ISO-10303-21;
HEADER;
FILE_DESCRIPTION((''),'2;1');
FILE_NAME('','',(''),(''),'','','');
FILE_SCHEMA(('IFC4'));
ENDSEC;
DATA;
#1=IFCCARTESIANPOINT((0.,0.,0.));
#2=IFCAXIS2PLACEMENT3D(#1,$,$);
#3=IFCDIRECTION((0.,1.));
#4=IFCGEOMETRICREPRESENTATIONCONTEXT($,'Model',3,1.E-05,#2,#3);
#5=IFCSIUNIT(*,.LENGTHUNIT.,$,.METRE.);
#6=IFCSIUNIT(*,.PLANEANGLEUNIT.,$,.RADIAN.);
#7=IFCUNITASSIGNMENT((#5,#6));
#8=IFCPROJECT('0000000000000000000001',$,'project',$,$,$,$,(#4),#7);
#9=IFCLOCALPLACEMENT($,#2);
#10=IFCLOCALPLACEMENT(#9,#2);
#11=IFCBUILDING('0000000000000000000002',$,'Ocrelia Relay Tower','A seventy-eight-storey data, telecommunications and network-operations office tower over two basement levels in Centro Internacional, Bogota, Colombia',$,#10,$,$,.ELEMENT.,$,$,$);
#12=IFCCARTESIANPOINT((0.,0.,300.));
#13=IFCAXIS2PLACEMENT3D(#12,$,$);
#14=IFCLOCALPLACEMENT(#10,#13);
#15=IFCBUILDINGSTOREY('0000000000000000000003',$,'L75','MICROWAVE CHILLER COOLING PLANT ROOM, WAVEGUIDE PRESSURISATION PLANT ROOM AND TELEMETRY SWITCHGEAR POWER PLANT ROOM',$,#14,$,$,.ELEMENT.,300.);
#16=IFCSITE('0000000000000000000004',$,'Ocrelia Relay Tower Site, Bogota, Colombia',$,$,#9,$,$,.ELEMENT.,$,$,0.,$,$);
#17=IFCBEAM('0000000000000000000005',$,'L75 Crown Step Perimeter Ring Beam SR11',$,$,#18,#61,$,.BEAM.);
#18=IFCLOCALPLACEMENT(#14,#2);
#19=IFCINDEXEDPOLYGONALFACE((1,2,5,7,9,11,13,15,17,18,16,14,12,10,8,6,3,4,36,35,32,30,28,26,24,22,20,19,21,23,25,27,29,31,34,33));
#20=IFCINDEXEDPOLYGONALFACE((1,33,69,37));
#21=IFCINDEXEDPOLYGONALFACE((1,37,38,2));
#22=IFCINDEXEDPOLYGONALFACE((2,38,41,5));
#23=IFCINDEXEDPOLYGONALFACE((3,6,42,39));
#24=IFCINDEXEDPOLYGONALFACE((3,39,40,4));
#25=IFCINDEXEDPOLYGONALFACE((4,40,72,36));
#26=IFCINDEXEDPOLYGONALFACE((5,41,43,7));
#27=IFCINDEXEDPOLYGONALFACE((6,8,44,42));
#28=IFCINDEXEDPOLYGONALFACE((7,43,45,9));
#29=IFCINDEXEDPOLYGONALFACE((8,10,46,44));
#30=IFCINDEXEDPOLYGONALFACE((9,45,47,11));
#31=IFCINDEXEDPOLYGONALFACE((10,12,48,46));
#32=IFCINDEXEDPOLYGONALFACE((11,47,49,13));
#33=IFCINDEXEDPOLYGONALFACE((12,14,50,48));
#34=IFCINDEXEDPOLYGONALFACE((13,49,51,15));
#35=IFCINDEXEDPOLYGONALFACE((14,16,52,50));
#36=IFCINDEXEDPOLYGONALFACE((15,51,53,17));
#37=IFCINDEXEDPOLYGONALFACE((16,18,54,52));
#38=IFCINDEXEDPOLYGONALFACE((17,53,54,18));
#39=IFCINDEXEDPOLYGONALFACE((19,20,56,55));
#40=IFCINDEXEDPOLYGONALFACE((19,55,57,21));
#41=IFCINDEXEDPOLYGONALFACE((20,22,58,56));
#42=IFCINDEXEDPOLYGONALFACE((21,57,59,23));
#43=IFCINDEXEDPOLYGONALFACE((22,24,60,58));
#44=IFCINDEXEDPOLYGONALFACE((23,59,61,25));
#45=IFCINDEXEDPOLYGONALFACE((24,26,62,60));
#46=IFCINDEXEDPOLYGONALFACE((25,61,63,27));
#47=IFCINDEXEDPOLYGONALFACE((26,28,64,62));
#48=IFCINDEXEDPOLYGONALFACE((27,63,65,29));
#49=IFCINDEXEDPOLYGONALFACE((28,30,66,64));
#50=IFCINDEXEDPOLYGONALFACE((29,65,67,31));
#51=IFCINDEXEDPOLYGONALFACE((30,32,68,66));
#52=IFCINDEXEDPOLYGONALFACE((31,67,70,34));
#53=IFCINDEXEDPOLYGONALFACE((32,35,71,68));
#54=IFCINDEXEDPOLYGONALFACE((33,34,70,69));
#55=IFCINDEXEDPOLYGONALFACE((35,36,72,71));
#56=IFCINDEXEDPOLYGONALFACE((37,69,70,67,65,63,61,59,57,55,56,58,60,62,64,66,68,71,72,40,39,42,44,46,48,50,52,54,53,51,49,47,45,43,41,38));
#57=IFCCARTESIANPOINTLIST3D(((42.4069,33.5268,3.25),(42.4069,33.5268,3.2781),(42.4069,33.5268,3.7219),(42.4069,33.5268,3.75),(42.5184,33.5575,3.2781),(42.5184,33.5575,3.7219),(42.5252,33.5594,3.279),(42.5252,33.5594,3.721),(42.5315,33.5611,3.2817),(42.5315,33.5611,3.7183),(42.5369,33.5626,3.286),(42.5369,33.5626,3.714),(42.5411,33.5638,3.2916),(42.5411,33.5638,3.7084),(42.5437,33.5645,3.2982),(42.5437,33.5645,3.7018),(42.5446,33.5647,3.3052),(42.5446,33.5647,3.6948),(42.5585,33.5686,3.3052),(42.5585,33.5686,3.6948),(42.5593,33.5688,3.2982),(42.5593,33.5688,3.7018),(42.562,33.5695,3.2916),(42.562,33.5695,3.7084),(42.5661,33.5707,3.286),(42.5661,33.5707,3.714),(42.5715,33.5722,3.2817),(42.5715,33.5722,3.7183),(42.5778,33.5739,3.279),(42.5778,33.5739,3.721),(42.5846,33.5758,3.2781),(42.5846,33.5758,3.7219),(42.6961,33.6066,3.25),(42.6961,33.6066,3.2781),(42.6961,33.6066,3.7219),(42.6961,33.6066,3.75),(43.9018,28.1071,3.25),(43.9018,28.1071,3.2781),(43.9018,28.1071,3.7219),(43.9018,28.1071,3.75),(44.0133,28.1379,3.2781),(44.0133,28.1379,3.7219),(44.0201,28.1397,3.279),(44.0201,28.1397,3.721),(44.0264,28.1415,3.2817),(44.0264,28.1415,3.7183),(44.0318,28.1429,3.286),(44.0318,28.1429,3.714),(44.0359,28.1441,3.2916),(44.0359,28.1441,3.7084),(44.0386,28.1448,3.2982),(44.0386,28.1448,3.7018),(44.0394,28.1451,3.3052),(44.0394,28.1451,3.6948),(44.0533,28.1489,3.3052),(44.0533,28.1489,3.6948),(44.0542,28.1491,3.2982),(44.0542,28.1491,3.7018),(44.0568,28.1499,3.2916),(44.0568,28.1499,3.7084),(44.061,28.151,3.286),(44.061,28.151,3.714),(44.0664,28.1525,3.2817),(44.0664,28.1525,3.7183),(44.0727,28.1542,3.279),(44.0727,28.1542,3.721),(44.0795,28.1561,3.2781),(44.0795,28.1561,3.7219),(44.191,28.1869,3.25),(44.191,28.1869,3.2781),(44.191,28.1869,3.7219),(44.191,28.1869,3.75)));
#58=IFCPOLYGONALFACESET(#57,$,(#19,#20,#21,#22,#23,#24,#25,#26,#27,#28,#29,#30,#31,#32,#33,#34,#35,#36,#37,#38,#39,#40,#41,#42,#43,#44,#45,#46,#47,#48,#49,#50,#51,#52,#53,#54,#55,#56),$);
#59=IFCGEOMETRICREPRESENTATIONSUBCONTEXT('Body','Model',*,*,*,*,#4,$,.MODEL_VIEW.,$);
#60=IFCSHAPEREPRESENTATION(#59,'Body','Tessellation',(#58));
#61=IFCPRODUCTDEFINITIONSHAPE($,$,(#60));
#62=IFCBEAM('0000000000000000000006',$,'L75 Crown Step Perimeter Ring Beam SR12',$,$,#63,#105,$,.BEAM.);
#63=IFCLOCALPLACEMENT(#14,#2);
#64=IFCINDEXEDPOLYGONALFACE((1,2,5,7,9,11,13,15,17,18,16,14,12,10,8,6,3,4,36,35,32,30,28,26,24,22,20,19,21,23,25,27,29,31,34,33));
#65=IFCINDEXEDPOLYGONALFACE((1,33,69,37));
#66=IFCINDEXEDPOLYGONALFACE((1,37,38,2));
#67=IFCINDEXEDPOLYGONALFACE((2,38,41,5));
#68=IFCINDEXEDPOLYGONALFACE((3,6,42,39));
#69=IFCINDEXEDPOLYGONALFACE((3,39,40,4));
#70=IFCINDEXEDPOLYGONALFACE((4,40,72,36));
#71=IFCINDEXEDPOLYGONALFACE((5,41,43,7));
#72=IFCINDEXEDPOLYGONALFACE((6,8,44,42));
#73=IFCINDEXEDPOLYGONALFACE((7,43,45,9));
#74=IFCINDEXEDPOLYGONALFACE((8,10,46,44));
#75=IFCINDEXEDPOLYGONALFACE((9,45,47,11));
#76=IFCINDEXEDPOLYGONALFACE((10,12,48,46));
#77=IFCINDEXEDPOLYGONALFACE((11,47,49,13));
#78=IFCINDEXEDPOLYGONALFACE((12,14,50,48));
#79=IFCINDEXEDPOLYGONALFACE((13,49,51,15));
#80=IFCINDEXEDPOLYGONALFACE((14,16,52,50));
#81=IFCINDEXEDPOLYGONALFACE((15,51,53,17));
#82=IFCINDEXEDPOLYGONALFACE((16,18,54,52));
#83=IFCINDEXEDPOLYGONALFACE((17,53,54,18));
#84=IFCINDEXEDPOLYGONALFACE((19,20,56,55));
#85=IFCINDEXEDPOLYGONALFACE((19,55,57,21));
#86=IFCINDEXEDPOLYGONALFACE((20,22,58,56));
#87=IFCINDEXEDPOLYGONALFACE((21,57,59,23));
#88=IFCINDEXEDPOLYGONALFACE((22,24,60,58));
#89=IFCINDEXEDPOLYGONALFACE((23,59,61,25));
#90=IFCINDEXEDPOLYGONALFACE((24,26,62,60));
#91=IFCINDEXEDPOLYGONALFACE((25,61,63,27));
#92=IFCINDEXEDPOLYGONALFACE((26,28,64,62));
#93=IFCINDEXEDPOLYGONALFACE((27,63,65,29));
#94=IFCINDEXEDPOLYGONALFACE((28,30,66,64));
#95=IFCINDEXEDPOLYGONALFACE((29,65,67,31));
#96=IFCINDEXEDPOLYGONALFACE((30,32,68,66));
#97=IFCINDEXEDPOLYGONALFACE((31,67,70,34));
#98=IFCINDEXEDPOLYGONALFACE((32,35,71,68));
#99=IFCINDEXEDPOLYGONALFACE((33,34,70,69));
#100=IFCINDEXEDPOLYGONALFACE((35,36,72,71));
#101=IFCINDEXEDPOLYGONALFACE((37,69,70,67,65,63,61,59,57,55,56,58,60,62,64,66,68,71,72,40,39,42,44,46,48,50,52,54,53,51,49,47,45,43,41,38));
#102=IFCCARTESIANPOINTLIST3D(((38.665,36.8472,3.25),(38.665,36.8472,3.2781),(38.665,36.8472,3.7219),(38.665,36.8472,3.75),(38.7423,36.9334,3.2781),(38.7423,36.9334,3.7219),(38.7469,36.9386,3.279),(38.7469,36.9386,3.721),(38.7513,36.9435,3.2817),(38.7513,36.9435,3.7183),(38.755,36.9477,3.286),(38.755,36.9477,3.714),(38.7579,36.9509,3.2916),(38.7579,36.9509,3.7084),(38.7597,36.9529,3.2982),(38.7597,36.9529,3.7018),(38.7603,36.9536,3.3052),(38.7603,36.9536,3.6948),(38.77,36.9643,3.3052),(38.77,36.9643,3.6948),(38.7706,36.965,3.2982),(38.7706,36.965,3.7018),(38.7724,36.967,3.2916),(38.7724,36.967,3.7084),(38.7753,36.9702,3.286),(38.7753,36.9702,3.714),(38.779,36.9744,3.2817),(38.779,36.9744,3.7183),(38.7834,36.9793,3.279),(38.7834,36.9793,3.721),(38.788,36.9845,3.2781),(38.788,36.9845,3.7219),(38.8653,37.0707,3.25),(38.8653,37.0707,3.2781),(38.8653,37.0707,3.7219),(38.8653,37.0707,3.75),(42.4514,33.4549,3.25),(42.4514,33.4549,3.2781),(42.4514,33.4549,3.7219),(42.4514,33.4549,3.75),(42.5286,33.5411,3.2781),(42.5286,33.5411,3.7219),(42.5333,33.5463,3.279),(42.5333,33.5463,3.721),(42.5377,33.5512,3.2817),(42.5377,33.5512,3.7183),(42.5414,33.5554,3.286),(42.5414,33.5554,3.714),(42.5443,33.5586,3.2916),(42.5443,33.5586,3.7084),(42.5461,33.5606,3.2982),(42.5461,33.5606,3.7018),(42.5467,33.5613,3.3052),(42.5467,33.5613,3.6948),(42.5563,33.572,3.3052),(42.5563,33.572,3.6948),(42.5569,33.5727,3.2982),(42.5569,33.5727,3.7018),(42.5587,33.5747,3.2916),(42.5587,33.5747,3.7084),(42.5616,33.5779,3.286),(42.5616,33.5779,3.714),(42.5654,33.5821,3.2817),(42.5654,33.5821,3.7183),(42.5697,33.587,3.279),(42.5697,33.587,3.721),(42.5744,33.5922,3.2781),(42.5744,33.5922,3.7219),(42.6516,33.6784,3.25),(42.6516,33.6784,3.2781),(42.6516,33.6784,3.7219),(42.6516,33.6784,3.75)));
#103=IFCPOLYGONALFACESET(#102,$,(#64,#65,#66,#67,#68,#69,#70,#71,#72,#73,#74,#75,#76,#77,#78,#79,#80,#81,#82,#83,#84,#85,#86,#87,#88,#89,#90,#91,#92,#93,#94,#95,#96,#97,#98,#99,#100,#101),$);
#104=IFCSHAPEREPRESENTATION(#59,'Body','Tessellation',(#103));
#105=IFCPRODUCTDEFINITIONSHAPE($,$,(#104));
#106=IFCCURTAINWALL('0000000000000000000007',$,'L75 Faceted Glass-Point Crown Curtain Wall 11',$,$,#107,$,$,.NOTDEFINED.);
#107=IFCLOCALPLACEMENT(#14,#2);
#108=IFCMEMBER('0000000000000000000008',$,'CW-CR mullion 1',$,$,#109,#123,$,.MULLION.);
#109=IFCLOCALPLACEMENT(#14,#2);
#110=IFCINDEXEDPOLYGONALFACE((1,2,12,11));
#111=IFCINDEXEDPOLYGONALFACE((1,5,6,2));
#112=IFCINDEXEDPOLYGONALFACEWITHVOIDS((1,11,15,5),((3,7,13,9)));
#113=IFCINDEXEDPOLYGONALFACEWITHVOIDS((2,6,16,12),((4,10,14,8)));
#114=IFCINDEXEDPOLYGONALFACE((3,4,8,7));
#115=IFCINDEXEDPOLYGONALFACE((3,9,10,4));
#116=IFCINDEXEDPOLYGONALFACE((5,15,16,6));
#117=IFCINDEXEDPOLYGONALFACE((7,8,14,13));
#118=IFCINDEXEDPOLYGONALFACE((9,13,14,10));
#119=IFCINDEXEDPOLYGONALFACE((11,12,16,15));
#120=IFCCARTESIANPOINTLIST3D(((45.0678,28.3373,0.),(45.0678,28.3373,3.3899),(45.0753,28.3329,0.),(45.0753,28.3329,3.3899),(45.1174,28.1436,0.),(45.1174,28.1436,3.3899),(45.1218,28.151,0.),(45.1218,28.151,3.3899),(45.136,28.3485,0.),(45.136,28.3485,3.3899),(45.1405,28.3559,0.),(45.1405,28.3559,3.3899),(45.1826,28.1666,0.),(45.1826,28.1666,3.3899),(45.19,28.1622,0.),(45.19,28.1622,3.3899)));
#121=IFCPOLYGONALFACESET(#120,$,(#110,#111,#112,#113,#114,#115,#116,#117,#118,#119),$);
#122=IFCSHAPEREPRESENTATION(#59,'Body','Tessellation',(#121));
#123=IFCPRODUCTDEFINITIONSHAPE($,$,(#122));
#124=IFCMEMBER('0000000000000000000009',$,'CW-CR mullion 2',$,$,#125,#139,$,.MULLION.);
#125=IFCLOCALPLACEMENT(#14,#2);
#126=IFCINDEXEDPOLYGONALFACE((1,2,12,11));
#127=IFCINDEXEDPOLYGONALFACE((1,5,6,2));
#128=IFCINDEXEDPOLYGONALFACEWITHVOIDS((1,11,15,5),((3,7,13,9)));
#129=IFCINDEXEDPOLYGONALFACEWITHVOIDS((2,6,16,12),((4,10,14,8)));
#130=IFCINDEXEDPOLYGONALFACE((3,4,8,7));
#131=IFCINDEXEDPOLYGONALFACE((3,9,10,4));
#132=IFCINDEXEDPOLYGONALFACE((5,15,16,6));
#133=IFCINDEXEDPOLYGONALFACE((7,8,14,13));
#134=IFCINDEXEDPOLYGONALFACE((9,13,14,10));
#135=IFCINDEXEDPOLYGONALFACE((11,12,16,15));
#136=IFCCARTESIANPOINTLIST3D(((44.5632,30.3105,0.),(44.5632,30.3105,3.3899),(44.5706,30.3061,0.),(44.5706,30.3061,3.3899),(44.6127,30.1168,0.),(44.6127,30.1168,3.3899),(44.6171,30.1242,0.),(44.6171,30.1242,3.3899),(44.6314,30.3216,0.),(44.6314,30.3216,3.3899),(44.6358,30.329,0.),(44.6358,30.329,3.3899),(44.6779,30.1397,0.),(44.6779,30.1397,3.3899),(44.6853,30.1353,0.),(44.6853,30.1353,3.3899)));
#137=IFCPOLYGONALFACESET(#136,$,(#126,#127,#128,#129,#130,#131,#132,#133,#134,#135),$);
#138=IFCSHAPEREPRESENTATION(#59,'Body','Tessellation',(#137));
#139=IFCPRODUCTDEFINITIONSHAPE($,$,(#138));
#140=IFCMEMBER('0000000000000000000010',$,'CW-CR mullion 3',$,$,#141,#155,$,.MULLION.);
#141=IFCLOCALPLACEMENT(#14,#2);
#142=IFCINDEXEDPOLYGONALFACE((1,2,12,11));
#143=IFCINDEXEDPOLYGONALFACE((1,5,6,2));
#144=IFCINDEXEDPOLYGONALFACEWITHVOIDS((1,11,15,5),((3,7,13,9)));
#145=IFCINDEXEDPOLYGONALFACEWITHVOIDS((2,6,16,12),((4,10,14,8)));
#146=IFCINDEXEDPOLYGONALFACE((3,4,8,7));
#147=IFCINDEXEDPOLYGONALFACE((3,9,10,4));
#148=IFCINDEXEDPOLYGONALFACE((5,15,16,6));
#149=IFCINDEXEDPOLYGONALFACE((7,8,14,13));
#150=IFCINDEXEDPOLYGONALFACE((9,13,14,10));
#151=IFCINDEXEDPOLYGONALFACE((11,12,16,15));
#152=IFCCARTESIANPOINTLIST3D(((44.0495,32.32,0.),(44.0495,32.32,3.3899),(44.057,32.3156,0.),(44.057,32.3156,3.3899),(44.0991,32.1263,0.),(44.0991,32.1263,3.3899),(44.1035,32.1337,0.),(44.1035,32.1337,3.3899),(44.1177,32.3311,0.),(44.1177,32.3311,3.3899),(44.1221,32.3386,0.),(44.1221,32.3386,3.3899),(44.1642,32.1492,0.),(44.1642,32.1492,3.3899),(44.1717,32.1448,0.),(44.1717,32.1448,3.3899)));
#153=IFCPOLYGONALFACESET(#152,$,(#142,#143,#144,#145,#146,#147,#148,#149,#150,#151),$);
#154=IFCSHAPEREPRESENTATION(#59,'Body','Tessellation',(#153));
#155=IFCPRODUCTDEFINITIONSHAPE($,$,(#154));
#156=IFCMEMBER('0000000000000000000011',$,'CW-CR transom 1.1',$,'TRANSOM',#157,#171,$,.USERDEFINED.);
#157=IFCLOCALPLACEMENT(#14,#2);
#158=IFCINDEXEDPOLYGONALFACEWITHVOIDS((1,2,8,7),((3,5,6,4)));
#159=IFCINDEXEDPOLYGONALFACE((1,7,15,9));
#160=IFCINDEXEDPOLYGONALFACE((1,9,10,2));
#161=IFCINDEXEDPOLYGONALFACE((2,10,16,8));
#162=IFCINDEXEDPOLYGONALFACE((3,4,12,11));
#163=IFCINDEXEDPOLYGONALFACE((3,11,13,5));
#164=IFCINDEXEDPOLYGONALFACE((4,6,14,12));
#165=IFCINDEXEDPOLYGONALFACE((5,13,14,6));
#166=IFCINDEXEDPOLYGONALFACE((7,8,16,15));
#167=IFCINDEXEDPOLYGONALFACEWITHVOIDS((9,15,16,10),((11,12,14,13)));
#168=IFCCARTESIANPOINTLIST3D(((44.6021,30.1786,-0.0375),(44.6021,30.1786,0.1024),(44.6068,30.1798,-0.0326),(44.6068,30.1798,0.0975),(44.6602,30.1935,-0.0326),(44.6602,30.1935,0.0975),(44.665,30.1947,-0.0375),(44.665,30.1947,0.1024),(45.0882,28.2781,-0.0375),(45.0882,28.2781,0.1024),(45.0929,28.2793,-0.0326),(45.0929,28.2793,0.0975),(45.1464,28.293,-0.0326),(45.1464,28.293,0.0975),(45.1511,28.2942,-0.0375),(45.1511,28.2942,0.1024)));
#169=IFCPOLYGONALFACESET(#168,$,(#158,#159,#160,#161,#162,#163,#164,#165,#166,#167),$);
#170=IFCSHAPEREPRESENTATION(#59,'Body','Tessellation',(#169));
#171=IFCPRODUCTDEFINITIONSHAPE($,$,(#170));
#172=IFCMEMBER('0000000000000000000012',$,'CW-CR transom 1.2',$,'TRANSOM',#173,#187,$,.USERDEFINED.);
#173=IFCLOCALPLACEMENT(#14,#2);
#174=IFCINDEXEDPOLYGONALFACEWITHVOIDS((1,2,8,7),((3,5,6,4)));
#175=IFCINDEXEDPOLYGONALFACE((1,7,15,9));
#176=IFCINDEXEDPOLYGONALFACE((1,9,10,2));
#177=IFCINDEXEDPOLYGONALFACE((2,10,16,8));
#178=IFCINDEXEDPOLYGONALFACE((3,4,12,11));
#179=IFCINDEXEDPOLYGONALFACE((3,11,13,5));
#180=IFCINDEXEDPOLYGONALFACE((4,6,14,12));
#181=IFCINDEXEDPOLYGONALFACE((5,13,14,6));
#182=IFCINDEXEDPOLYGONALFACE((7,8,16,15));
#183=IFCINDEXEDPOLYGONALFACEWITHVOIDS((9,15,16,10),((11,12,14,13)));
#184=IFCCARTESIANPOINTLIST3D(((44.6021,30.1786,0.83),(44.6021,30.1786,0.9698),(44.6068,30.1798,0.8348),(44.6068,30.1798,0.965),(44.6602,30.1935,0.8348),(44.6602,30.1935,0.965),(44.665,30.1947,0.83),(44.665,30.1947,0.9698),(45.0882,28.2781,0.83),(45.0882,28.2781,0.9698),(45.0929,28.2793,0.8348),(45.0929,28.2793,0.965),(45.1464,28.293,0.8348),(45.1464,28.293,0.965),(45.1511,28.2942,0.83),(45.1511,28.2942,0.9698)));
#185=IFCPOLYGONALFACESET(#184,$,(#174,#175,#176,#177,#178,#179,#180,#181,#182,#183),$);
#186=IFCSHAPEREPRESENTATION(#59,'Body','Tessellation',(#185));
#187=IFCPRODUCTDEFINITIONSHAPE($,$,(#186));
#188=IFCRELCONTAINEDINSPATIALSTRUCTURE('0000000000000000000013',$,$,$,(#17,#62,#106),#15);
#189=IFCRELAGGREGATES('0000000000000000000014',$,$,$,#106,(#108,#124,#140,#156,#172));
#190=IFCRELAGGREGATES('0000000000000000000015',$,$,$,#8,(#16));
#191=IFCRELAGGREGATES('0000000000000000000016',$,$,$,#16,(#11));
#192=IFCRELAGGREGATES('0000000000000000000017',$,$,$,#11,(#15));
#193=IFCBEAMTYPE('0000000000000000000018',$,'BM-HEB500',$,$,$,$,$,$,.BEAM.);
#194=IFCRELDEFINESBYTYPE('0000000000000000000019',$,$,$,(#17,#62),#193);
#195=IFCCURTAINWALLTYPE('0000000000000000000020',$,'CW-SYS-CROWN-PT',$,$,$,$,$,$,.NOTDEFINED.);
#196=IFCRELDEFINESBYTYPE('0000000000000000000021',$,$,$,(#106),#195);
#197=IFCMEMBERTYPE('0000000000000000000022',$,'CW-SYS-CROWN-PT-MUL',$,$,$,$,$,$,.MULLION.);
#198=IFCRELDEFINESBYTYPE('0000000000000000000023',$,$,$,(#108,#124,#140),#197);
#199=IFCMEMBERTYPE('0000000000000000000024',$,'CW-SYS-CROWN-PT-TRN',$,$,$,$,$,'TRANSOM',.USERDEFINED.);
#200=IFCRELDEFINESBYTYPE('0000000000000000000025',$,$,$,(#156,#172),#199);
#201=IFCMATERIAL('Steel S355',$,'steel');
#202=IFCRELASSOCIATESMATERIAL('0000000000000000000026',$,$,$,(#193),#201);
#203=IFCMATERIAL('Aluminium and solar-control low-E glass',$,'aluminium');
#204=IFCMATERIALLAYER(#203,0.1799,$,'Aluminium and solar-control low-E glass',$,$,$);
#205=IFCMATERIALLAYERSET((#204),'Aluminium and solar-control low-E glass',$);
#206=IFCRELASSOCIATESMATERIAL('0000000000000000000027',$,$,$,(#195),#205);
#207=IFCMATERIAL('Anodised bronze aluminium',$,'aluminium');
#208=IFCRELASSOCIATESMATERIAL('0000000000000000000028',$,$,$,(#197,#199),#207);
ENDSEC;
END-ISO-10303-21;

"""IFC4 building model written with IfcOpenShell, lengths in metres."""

from ifc_helpers import new_model, si_unit, direction, frame, origin, origin_2d, place, context, subcontext, project, spatial, hollow_rectangle, i_section, extrude, material, layer, layer_set, material_profile, profile_set, type_object, element, aggregate, save


model = new_model("IFC4")

# Units and contexts
model_context = context("Model", 3, precision=1e-05, world=origin(), true_north=direction((0.0, 1.0)))
body_context = subcontext(model_context, "Body", "Model", "MODEL_VIEW")
ifc_project = project(units=[si_unit("LENGTHUNIT", "METRE"), si_unit("PLANEANGLEUNIT", "RADIAN")], contexts=[model_context])

# Site, building, storey
site_placement = place(None, origin())
site = spatial("IfcSite", under=ifc_project, at=site_placement, Name="Ocrelia Relay Tower Site, Bogota, Colombia", CompositionType="ELEMENT", RefElevation=0.0)
building_placement = place(site_placement, origin())
building = spatial("IfcBuilding", under=site, at=building_placement, Name="Ocrelia Relay Tower", Description="A seventy-eight-storey data, telecommunications and network-operations office tower over two basement levels in Centro Internacional, Bogota, Colombia", CompositionType="ELEMENT")
storey_placement = place(building_placement, frame((0.0, 0.0, 300.0)))
storey = spatial("IfcBuildingStorey", under=building, at=storey_placement, Name="L75", Description="MICROWAVE CHILLER COOLING PLANT ROOM, WAVEGUIDE PRESSURISATION PLANT ROOM AND TELEMETRY SWITCHGEAR POWER PLANT ROOM", CompositionType="ELEMENT", Elevation=300.0)

# Beams
ifc_material_1 = material(Name="Steel S355", Category="steel")
ifc_material_profile_1 = material_profile(ifc_material_1, i_section(OverallWidth=0.3, OverallDepth=0.5, WebThickness=0.0144, FlangeThickness=0.0281, FilletRadius=0.0271, at=origin_2d()), Name="HEB 500")
ifc_profile_set_1 = profile_set([ifc_material_profile_1], Name="Steel S355")
beam_type_1 = type_object("IfcBeamType", Name="BM-HEB500", PredefinedType="BEAM", material=ifc_profile_set_1)
beam_1_placement = place(storey_placement, frame((44.0464, 28.147, 3.5), z_axis=(-0.265894, 0.964002, 0.0), x_axis=(-0.964002, -0.265894, 0.0)))
element("IfcBeam", 1, at=beam_1_placement, inside=storey, type_object=beam_type_1, Name="L75 Crown Step Perimeter Ring Beam SR11", PredefinedType="BEAM", context=body_context, shape_type="SweptSolid", body=[
    extrude(i_section(OverallWidth=0.3, OverallDepth=0.5, WebThickness=0.0144, FlangeThickness=0.0281, FilletRadius=0.0271, at=origin_2d()), origin(), (0.0, 0.0, 1.0), 5.6221),
])
beam_2_placement = place(storey_placement, frame((42.5515, 33.5667, 3.5), z_axis=(-0.744799, 0.667289, 0.0), x_axis=(-0.667289, -0.744799, 0.0)))
element("IfcBeam", 2, at=beam_2_placement, inside=storey, type_object=beam_type_1, Name="L75 Crown Step Perimeter Ring Beam SR12", PredefinedType="BEAM", context=body_context, shape_type="SweptSolid", body=[
    extrude(i_section(OverallWidth=0.3, OverallDepth=0.5, WebThickness=0.0144, FlangeThickness=0.0281, FilletRadius=0.0271, at=origin_2d()), origin(), (0.0, 0.0, 1.0), 5.0837),
])

# Curtain wall, members
ifc_material_2 = material(Name="Aluminium and solar-control low-E glass", Category="aluminium")
ifc_layer_1 = layer(ifc_material_2, 0.1799, Name="Aluminium and solar-control low-E glass")
ifc_layer_set_1 = layer_set([ifc_layer_1], Name="Aluminium and solar-control low-E glass")
curtain_wall_type = type_object("IfcCurtainWallType", Name="CW-SYS-CROWN-PT", PredefinedType="NOTDEFINED", material=ifc_layer_set_1)
curtain_wall_placement = place(storey_placement, origin())
curtain_wall = element("IfcCurtainWall", 3, at=curtain_wall_placement, inside=storey, type_object=curtain_wall_type, Name="L75 Faceted Glass-Point Crown Curtain Wall 11", PredefinedType="NOTDEFINED")
ifc_material_3 = material(Name="Anodised bronze aluminium", Category="aluminium")
ifc_material_profile_2 = material_profile(ifc_material_3, hollow_rectangle(XDim=0.075, YDim=0.2, WallThickness=0.0061, at=origin_2d()), Name="CW-MUL-200x75")
ifc_profile_set_2 = profile_set([ifc_material_profile_2], Name="Anodised bronze aluminium")
member_type_1 = type_object("IfcMemberType", Name="CW-SYS-CROWN-PT-MUL", PredefinedType="MULLION", material=ifc_profile_set_2)
member_1_placement = place(storey_placement, frame((45.1289, 28.2498, 0.0), z_axis=(0.0, 0.0, 1.0), x_axis=(-0.968839, -0.24769, 0.0)))
member_1 = element("IfcMember", 4, at=member_1_placement, type_object=member_type_1, Name="CW-CR mullion 1", PredefinedType="MULLION", context=body_context, shape_type="SweptSolid", body=[
    extrude(hollow_rectangle(XDim=0.075, YDim=0.2, WallThickness=0.0061, at=origin_2d()), origin(), (0.0, 0.0, 1.0), 3.3899),
])
member_2_placement = place(storey_placement, frame((44.6243, 30.2229, 0.0), z_axis=(0.0, 0.0, 1.0), x_axis=(-0.968839, -0.24769, 0.0)))
member_2 = element("IfcMember", 5, at=member_2_placement, type_object=member_type_1, Name="CW-CR mullion 2", PredefinedType="MULLION", context=body_context, shape_type="SweptSolid", body=[
    extrude(hollow_rectangle(XDim=0.075, YDim=0.2, WallThickness=0.0061, at=origin_2d()), origin(), (0.0, 0.0, 1.0), 3.3899),
])
member_3_placement = place(storey_placement, frame((44.1106, 32.2324, 0.0), z_axis=(0.0, 0.0, 1.0), x_axis=(-0.968839, -0.24769, 0.0)))
member_3 = element("IfcMember", 6, at=member_3_placement, type_object=member_type_1, Name="CW-CR mullion 3", PredefinedType="MULLION", context=body_context, shape_type="SweptSolid", body=[
    extrude(hollow_rectangle(XDim=0.075, YDim=0.2, WallThickness=0.0061, at=origin_2d()), origin(), (0.0, 0.0, 1.0), 3.3899),
])
ifc_material_profile_3 = material_profile(ifc_material_3, hollow_rectangle(XDim=0.0649, YDim=0.1399, WallThickness=0.0049, at=origin_2d()), Name="CW-TRN-140x65")
ifc_profile_set_3 = profile_set([ifc_material_profile_3], Name="Anodised bronze aluminium")
member_type_2 = type_object("IfcMemberType", Name="CW-SYS-CROWN-PT-TRN", ElementType="TRANSOM", PredefinedType="USERDEFINED", material=ifc_profile_set_3)
member_4_placement = place(storey_placement, frame((45.1196, 28.2861, 0.0325), z_axis=(-0.247803, 0.96881, 0.0), x_axis=(-0.96881, -0.247803, 0.0)))
member_4 = element("IfcMember", 7, at=member_4_placement, type_object=member_type_2, Name="CW-CR transom 1.1", ObjectType="TRANSOM", PredefinedType="USERDEFINED", context=body_context, shape_type="SweptSolid", body=[
    extrude(hollow_rectangle(XDim=0.0649, YDim=0.1399, WallThickness=0.0049, at=origin_2d()), origin(), (0.0, 0.0, 1.0), 1.9617),
])
member_5_placement = place(storey_placement, frame((45.1196, 28.2861, 0.8999), z_axis=(-0.247803, 0.96881, 0.0), x_axis=(-0.96881, -0.247803, 0.0)))
member_5 = element("IfcMember", 8, at=member_5_placement, type_object=member_type_2, Name="CW-CR transom 1.2", ObjectType="TRANSOM", PredefinedType="USERDEFINED", context=body_context, shape_type="SweptSolid", body=[
    extrude(hollow_rectangle(XDim=0.0649, YDim=0.1399, WallThickness=0.0049, at=origin_2d()), origin(), (0.0, 0.0, 1.0), 1.9617),
])

aggregate(curtain_wall, [member_1, member_2, member_3, member_4, member_5])

save(model, "model.ifc")
